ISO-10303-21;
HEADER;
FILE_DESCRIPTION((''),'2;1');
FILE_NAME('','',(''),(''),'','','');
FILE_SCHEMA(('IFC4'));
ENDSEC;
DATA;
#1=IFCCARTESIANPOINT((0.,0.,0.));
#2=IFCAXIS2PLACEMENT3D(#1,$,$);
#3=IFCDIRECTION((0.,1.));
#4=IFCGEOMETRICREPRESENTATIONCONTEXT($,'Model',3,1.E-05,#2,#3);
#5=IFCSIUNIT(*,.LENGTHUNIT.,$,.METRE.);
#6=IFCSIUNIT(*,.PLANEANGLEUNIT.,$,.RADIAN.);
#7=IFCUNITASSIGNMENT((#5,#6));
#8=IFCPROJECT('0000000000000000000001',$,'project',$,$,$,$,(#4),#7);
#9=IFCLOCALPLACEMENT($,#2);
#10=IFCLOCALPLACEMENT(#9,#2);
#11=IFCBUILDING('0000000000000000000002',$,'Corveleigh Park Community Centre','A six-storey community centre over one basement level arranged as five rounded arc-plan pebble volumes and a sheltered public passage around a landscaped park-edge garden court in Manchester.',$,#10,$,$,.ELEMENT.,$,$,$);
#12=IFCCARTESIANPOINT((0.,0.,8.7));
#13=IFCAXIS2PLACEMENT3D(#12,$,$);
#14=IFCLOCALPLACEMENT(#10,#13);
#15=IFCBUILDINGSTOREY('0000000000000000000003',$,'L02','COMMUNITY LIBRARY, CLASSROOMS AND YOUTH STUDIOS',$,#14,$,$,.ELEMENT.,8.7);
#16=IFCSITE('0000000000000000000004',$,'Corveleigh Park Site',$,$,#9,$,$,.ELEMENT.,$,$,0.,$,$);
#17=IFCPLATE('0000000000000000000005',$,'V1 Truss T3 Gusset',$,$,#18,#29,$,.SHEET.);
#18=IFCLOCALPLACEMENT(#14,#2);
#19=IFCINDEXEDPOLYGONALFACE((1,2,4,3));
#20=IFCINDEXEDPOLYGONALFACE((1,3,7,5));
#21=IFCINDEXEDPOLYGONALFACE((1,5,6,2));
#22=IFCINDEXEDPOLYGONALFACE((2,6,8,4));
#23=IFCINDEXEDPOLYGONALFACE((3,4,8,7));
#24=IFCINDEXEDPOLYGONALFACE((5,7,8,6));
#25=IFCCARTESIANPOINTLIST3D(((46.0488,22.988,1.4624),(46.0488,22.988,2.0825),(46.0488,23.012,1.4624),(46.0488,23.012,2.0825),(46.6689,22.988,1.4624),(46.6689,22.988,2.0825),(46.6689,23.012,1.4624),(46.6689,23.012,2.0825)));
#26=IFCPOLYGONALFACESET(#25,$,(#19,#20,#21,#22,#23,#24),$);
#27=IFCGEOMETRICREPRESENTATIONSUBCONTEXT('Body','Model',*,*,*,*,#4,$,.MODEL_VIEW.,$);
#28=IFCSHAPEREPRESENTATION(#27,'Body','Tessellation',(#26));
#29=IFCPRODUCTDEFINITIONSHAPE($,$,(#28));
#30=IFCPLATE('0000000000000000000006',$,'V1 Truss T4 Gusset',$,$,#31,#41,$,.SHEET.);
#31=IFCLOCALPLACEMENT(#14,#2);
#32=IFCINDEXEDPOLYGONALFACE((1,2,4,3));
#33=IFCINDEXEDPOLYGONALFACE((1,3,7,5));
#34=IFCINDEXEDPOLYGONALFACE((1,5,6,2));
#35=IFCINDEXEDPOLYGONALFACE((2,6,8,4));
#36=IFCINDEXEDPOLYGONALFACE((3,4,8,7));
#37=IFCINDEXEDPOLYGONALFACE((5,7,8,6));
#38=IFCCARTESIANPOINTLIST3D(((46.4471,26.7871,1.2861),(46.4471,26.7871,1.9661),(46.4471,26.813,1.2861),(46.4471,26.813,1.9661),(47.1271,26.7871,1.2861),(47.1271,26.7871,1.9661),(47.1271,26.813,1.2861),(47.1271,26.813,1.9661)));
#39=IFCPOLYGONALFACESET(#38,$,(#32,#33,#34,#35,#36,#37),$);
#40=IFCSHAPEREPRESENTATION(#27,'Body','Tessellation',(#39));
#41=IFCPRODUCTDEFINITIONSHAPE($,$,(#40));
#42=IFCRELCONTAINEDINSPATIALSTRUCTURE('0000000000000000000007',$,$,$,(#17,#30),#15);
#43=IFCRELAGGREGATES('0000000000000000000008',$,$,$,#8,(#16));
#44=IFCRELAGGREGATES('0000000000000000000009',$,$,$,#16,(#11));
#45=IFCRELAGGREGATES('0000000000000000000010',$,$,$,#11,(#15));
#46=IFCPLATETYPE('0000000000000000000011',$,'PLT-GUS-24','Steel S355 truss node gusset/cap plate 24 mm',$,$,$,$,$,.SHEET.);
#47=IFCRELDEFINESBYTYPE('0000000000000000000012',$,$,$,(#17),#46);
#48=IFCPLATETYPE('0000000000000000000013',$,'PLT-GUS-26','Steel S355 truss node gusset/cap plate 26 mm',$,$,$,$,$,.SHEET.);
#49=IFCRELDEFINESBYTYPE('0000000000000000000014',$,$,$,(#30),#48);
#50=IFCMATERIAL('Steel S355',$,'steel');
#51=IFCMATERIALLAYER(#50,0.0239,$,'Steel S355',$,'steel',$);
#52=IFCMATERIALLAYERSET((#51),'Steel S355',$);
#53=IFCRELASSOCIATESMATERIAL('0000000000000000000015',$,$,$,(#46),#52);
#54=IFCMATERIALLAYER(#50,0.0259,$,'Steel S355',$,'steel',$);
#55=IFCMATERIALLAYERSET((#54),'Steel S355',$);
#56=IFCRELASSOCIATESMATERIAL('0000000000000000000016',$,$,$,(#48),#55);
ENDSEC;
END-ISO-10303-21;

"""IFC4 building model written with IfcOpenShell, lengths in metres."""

from ifc_helpers import new_model, si_unit, direction, frame, origin, origin_2d, place, context, subcontext, project, spatial, rectangle, extrude, material, layer, layer_set, type_object, element, save


model = new_model("IFC4")

# Units and contexts
model_context = context("Model", 3, precision=1e-05, world=origin(), true_north=direction((0.0, 1.0)))
body_context = subcontext(model_context, "Body", "Model", "MODEL_VIEW")
ifc_project = project(units=[si_unit("LENGTHUNIT", "METRE"), si_unit("PLANEANGLEUNIT", "RADIAN")], contexts=[model_context])

# Site, building, storey
site_placement = place(None, origin())
site = spatial("IfcSite", under=ifc_project, at=site_placement, Name="Corveleigh Park Site", CompositionType="ELEMENT", RefElevation=0.0)
building_placement = place(site_placement, origin())
building = spatial("IfcBuilding", under=site, at=building_placement, Name="Corveleigh Park Community Centre", Description="A six-storey community centre over one basement level arranged as five rounded arc-plan pebble volumes and a sheltered public passage around a landscaped park-edge garden court in Manchester.", CompositionType="ELEMENT")
storey_placement = place(building_placement, frame((0.0, 0.0, 8.7)))
storey = spatial("IfcBuildingStorey", under=building, at=storey_placement, Name="L02", Description="COMMUNITY LIBRARY, CLASSROOMS AND YOUTH STUDIOS", CompositionType="ELEMENT", Elevation=8.7)

# Shared definitions
ifc_material_1 = material(Name="Steel S355", Category="steel")

# Plates
ifc_layer_1 = layer(ifc_material_1, 0.0239, Name="Steel S355", Category="steel")
ifc_layer_set_1 = layer_set([ifc_layer_1], Name="Steel S355")
plate_type_1 = type_object("IfcPlateType", Name="PLT-GUS-24", Description="Steel S355 truss node gusset/cap plate 24 mm", PredefinedType="SHEET", material=ifc_layer_set_1)
plate_1_placement = place(storey_placement, frame((46.3589, 23.0, 1.4624), z_axis=(0.0, 0.0, 1.0), x_axis=(1.0, 0.0, 0.0)))
element("IfcPlate", 1, at=plate_1_placement, inside=storey, type_object=plate_type_1, Name="V1 Truss T3 Gusset", PredefinedType="SHEET", context=body_context, shape_type="SweptSolid", body=[
    extrude(rectangle(XDim=0.6201, YDim=0.0239, at=origin_2d()), origin(), (0.0, 0.0, 1.0), 0.6201),
])
ifc_layer_2 = layer(ifc_material_1, 0.0259, Name="Steel S355", Category="steel")
ifc_layer_set_2 = layer_set([ifc_layer_2], Name="Steel S355")
plate_type_2 = type_object("IfcPlateType", Name="PLT-GUS-26", Description="Steel S355 truss node gusset/cap plate 26 mm", PredefinedType="SHEET", material=ifc_layer_set_2)
plate_2_placement = place(storey_placement, frame((46.7871, 26.8, 1.2861), z_axis=(0.0, 0.0, 1.0), x_axis=(1.0, 0.0, 0.0)))
element("IfcPlate", 2, at=plate_2_placement, inside=storey, type_object=plate_type_2, Name="V1 Truss T4 Gusset", PredefinedType="SHEET", context=body_context, shape_type="SweptSolid", body=[
    extrude(rectangle(XDim=0.6799, YDim=0.0259, at=origin_2d()), origin(), (0.0, 0.0, 1.0), 0.6799),
])

save(model, "model.ifc")
